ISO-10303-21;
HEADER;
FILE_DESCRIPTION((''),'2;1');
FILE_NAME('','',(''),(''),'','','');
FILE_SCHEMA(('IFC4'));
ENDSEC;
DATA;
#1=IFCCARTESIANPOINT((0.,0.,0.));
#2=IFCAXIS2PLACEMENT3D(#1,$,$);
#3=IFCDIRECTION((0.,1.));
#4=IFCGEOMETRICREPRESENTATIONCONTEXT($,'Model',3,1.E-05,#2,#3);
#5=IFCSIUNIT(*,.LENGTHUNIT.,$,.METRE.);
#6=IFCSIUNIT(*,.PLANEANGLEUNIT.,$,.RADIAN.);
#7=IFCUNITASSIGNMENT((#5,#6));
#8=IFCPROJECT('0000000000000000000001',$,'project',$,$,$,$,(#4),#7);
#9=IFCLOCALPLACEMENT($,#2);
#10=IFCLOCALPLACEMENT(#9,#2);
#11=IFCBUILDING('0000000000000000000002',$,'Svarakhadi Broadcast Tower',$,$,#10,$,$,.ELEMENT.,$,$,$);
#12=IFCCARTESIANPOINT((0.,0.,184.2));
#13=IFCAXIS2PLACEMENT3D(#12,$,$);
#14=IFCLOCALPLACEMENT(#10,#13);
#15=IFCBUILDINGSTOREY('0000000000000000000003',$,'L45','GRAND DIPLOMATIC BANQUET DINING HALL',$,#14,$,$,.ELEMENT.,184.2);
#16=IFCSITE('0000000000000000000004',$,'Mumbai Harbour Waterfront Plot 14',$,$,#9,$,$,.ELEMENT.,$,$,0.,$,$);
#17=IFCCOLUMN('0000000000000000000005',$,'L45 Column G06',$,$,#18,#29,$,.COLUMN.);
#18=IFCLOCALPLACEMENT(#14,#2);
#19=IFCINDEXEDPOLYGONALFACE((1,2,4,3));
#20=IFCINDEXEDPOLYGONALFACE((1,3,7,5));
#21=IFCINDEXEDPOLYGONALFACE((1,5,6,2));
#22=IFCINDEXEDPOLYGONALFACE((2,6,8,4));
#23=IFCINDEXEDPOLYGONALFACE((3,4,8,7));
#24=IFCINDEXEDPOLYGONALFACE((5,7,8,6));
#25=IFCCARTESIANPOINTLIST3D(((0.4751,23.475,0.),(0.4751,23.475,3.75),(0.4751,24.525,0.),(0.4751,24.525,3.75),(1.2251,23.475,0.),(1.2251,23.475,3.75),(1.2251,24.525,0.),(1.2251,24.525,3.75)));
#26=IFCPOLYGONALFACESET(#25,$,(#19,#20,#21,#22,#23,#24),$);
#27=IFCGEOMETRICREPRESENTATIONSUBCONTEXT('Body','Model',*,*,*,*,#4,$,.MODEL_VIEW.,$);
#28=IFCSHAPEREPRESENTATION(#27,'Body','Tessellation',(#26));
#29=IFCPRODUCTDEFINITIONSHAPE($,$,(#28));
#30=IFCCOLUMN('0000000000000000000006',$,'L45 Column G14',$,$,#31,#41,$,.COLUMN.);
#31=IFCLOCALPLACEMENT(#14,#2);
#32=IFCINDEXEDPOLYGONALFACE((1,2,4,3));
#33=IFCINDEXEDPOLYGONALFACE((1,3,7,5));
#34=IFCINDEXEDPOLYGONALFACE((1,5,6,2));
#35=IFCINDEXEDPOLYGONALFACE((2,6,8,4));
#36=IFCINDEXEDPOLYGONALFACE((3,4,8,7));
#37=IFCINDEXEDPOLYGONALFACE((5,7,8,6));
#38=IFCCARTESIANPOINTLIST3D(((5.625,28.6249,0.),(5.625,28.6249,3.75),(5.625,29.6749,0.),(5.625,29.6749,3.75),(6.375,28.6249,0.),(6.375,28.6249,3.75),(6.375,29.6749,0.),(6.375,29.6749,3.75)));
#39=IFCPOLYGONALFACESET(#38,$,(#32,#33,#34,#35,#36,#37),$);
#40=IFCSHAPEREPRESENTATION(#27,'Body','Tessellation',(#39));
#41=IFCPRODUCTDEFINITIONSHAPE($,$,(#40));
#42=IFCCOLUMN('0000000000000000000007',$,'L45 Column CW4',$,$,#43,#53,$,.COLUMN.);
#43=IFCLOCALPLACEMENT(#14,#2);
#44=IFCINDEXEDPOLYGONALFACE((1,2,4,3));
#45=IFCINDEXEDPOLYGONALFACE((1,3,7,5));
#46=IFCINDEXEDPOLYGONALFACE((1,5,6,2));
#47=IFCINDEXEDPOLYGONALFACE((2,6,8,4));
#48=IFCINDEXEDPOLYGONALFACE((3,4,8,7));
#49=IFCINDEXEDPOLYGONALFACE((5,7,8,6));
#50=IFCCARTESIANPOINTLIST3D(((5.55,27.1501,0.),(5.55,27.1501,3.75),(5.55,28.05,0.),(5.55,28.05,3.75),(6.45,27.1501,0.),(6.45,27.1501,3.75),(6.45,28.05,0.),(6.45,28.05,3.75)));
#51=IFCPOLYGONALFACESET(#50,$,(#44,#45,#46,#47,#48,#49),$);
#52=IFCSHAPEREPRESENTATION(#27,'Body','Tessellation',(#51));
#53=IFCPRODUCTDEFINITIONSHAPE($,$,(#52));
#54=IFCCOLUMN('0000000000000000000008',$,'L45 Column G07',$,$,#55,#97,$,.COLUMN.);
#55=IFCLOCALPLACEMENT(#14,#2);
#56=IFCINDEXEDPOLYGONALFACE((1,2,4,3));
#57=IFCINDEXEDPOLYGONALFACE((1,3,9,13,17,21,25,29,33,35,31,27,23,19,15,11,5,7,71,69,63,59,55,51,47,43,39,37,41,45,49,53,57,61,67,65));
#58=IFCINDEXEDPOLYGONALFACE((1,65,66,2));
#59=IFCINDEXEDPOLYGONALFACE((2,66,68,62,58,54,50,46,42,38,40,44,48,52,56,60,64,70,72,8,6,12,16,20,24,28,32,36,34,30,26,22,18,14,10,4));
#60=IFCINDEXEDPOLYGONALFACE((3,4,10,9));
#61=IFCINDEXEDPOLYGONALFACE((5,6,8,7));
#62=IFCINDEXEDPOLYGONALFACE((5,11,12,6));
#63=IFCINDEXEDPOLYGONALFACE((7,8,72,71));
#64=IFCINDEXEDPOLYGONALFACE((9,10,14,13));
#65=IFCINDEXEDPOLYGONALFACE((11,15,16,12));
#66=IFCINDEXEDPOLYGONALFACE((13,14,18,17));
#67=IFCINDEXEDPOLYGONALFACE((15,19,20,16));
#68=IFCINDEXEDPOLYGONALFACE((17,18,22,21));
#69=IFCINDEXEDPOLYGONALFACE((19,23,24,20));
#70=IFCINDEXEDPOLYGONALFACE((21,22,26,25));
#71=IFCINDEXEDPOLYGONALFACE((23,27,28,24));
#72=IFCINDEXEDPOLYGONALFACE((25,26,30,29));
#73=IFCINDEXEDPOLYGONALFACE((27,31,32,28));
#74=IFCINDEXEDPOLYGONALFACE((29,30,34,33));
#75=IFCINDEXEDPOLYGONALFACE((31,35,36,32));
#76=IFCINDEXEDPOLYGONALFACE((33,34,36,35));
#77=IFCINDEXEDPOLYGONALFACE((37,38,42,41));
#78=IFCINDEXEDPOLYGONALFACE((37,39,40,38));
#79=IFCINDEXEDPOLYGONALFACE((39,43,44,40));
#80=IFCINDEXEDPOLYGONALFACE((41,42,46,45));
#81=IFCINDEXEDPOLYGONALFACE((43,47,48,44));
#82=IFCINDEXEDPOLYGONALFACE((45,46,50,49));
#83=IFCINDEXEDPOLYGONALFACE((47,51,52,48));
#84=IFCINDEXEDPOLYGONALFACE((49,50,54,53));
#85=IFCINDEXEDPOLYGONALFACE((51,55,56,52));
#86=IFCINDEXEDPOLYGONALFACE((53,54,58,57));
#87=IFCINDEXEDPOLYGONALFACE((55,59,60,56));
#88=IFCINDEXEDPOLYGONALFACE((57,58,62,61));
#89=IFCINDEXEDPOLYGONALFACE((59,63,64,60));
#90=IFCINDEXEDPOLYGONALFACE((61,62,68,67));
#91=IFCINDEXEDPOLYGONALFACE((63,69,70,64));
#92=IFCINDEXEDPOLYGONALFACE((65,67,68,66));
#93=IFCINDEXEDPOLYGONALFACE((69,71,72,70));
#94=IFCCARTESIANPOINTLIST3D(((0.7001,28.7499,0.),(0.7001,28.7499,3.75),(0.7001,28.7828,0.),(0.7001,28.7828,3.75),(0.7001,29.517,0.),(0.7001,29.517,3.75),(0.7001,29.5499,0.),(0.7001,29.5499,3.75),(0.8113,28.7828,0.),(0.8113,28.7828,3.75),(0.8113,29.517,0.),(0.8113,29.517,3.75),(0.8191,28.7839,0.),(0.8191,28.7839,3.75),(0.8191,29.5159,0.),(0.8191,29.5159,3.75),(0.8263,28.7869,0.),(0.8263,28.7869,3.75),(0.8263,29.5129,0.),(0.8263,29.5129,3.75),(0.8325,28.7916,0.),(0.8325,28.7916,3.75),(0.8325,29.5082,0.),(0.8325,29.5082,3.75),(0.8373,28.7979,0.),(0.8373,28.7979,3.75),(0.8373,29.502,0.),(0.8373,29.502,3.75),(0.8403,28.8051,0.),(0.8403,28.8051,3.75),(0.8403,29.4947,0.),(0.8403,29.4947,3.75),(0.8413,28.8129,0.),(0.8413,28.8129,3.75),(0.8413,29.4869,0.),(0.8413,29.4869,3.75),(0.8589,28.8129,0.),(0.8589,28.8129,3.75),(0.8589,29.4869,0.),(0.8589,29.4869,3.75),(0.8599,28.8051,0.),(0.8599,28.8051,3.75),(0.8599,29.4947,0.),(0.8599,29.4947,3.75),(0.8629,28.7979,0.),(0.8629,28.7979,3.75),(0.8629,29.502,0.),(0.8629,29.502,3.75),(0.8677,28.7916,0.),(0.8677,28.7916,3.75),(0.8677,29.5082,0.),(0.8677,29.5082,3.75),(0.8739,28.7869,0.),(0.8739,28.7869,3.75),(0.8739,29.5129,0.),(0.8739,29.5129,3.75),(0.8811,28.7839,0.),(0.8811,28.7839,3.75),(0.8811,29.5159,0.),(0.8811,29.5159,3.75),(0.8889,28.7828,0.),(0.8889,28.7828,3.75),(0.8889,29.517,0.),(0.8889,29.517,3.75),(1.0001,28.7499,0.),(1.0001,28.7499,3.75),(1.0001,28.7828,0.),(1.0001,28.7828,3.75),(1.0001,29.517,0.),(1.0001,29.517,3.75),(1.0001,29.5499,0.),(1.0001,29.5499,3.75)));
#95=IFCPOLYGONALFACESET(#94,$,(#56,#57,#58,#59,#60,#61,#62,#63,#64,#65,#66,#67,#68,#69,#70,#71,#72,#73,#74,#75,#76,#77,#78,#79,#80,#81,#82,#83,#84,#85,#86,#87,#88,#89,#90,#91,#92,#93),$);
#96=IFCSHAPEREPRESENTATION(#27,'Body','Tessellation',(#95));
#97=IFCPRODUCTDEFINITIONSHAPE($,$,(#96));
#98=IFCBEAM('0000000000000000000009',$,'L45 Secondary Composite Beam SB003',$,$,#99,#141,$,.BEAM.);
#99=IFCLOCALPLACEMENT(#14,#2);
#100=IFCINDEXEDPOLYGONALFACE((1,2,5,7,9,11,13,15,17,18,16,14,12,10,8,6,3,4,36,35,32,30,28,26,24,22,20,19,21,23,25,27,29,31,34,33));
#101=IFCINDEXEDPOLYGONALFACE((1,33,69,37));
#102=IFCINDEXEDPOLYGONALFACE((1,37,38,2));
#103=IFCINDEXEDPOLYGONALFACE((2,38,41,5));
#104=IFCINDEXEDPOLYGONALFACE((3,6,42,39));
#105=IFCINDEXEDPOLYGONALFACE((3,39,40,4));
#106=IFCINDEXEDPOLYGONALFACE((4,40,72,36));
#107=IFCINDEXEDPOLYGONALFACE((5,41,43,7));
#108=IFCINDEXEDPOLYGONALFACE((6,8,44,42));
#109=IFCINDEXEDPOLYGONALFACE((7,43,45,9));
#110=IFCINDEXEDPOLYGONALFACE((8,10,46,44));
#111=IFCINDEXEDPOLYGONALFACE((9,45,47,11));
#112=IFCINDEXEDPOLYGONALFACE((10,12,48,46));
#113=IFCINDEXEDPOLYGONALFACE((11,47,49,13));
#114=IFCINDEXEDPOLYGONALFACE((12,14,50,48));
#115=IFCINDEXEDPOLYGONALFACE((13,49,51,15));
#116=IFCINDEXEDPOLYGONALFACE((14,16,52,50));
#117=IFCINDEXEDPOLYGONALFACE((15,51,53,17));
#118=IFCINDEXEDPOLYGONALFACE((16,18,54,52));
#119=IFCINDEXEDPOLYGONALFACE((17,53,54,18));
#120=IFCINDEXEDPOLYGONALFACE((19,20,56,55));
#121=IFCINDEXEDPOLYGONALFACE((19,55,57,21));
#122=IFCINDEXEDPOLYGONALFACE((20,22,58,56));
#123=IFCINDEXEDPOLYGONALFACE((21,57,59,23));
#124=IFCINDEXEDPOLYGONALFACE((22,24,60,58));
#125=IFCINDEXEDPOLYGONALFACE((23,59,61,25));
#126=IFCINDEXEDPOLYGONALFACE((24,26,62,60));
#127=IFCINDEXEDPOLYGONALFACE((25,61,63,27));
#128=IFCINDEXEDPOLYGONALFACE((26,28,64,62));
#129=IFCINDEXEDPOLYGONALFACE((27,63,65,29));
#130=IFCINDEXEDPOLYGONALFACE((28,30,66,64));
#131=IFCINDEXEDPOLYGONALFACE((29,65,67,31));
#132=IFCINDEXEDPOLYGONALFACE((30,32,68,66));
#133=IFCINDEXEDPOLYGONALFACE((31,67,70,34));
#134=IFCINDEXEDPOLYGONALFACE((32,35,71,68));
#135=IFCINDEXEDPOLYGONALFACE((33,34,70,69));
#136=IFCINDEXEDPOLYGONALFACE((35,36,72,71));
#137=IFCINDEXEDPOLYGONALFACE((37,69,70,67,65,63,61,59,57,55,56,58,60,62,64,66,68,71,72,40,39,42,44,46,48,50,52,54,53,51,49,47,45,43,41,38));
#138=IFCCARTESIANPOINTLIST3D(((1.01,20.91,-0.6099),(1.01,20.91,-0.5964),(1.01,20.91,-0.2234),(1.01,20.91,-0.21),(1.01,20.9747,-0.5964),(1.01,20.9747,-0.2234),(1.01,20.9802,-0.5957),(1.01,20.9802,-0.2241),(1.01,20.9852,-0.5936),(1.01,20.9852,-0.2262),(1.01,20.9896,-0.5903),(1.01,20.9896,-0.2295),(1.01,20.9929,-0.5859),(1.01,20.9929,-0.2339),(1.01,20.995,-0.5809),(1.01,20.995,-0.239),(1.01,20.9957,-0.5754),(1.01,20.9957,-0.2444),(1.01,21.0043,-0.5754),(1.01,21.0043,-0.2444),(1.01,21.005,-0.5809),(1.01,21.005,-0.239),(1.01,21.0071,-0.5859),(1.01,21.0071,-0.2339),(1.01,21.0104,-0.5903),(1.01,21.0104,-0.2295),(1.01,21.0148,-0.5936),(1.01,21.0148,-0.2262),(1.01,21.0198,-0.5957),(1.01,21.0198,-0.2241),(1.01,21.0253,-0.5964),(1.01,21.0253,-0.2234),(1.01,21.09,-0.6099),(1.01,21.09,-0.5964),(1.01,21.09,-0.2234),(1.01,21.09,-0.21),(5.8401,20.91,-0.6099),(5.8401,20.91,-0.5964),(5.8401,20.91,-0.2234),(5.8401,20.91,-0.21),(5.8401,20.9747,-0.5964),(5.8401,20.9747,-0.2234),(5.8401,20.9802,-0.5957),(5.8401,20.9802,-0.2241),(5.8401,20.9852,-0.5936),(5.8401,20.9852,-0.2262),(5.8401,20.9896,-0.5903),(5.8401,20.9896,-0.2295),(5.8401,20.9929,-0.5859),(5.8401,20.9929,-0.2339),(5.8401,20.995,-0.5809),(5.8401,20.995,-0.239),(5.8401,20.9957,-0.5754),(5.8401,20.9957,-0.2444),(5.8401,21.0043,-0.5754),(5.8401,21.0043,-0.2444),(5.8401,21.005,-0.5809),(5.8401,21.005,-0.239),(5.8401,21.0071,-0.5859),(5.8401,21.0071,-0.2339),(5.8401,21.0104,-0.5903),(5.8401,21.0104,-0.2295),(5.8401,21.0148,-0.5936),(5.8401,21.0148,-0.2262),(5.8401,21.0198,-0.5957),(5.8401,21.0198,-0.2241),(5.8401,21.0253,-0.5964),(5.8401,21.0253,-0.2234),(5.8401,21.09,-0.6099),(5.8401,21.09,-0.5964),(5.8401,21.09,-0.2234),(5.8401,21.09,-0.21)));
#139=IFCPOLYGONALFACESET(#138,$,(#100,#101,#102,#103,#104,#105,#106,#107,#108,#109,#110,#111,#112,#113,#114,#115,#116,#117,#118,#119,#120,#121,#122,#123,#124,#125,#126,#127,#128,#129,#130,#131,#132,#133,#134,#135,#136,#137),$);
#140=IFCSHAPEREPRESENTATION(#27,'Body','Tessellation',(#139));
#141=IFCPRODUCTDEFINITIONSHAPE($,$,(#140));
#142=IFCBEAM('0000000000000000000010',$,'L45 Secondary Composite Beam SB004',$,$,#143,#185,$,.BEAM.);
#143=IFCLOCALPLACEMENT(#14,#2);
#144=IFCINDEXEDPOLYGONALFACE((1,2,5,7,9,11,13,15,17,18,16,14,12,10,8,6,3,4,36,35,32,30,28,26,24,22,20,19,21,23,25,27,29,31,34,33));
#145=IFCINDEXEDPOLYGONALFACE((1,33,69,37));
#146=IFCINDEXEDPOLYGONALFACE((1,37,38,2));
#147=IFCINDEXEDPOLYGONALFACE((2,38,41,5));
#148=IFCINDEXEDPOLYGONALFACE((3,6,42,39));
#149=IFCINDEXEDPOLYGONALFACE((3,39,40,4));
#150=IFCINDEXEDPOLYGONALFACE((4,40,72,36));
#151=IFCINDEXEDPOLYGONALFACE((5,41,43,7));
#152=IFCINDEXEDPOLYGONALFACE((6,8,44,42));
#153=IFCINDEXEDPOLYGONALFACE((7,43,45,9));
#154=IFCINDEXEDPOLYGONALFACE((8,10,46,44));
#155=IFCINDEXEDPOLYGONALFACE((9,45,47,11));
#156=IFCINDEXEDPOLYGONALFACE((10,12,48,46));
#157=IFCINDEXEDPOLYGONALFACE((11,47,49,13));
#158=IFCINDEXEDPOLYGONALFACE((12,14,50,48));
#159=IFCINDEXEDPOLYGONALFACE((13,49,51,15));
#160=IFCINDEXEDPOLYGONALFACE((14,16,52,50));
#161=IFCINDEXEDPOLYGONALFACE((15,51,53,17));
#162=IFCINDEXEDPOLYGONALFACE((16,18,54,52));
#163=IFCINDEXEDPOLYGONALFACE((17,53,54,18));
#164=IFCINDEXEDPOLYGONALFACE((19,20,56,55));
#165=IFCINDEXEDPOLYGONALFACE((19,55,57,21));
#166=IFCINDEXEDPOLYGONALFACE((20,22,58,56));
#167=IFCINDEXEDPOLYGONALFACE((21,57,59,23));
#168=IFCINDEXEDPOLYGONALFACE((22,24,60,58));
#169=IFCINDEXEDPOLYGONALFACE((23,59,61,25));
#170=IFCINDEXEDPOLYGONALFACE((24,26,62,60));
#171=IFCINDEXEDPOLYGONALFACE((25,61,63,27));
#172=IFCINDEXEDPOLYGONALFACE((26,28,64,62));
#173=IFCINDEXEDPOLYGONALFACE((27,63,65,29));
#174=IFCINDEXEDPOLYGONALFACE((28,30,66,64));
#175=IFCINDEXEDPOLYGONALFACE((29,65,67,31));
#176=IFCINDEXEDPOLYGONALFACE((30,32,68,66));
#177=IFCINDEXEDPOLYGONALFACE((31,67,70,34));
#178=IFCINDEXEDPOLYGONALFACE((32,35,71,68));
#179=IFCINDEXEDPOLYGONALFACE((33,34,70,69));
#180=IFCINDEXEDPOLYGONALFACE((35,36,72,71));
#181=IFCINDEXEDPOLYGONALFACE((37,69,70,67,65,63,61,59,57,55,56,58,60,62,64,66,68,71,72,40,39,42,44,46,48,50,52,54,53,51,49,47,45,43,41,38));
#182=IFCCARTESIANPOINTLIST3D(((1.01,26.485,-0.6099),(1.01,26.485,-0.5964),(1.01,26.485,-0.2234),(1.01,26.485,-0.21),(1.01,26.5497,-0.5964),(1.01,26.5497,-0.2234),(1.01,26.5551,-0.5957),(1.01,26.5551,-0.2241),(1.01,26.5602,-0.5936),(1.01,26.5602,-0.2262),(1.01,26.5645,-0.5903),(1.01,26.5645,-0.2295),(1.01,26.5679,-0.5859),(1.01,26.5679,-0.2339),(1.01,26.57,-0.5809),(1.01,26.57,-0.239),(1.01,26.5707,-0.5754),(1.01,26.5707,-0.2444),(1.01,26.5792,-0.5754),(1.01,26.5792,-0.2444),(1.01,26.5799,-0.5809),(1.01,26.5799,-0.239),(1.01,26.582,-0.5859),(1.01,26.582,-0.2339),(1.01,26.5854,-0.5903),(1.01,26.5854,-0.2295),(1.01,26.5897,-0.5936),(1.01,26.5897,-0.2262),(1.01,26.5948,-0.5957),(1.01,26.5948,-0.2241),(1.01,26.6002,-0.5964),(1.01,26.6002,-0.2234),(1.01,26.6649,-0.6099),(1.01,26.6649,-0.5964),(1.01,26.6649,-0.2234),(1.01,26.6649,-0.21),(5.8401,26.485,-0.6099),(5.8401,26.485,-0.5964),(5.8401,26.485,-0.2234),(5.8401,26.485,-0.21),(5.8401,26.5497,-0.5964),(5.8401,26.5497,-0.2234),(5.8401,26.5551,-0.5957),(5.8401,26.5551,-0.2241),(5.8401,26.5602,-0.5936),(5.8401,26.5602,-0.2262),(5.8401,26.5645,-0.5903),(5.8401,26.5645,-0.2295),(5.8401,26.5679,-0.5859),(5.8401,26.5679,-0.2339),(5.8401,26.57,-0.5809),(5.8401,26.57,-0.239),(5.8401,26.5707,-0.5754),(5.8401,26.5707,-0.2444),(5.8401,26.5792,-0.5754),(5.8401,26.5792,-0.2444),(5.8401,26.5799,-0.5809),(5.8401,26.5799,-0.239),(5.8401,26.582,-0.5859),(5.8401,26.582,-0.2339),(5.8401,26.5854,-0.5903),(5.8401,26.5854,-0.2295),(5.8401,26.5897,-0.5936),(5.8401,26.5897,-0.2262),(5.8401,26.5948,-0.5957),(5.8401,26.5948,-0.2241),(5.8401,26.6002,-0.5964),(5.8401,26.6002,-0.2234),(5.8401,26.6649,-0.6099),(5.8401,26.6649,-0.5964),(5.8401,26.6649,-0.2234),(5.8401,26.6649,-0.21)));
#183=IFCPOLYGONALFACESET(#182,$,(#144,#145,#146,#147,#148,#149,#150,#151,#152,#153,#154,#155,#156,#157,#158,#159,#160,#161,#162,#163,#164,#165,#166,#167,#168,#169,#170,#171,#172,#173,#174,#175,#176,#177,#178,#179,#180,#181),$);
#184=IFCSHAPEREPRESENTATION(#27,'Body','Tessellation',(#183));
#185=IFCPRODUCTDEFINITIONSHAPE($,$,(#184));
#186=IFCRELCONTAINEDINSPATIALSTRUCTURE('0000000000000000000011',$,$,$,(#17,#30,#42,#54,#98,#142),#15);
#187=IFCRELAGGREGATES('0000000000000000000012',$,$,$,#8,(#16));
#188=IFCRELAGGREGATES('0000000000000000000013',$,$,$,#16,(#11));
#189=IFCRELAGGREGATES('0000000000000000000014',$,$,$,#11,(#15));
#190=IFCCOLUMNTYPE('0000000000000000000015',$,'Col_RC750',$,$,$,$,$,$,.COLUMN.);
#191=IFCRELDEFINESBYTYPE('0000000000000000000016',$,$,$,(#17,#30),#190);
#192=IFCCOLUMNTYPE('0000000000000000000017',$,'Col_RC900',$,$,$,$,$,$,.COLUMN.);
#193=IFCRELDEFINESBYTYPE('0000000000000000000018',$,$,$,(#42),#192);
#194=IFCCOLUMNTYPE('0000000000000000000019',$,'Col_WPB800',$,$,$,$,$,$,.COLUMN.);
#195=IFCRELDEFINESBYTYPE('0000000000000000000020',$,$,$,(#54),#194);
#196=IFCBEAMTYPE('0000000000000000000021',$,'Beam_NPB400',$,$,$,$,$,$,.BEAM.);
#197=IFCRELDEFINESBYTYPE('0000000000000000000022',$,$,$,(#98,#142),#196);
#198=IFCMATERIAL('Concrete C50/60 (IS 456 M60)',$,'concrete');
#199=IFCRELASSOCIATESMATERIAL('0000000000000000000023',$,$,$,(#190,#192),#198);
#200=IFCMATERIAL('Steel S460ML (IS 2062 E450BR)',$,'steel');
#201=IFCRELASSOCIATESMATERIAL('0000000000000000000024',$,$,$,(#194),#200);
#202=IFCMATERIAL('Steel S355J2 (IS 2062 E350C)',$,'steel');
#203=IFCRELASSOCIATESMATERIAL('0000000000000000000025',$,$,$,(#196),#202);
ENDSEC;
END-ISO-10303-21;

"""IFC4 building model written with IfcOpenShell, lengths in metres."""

from ifc_helpers import new_model, si_unit, direction, frame, origin, origin_2d, place, context, subcontext, project, spatial, rectangle, i_section, extrude, material, material_profile, profile_set, type_object, element, save


model = new_model("IFC4")

# Units and contexts
model_context = context("Model", 3, precision=1e-05, world=origin(), true_north=direction((0.0, 1.0)))
body_context = subcontext(model_context, "Body", "Model", "MODEL_VIEW")
ifc_project = project(units=[si_unit("LENGTHUNIT", "METRE"), si_unit("PLANEANGLEUNIT", "RADIAN")], contexts=[model_context])

# Site, building, storey
site_placement = place(None, origin())
site = spatial("IfcSite", under=ifc_project, at=site_placement, Name="Mumbai Harbour Waterfront Plot 14", CompositionType="ELEMENT", RefElevation=0.0)
building_placement = place(site_placement, origin())
building = spatial("IfcBuilding", under=site, at=building_placement, Name="Svarakhadi Broadcast Tower", CompositionType="ELEMENT")
storey_placement = place(building_placement, frame((0.0, 0.0, 184.2)))
storey = spatial("IfcBuildingStorey", under=building, at=storey_placement, Name="L45", Description="GRAND DIPLOMATIC BANQUET DINING HALL", CompositionType="ELEMENT", Elevation=184.2)

# Columns
ifc_material_1 = material(Name="Concrete C50/60 (IS 456 M60)", Category="concrete")
ifc_material_profile_1 = material_profile(ifc_material_1, rectangle(XDim=0.75, YDim=1.05, at=origin_2d()), Name="RC 750x1050")
ifc_profile_set_1 = profile_set([ifc_material_profile_1], Name="Concrete C50/60 (IS 456 M60)")
column_type_1 = type_object("IfcColumnType", Name="Col_RC750", PredefinedType="COLUMN", material=ifc_profile_set_1)
for number, where, z_axis, x_axis, name in (
    (1, (0.8501, 24.0, 0.0), (0.0, 0.0, 1.0), (1.0, 0.0, 0.0), "L45 Column G06"),
    (2, (6.0, 29.1499, 0.0), (0.0, 0.0, 1.0), (1.0, 0.0, 0.0), "L45 Column G14"),
):
    element("IfcColumn", number, at=place(storey_placement, frame(where, z_axis=z_axis, x_axis=x_axis)), inside=storey, type_object=column_type_1, Name=name, PredefinedType="COLUMN", context=body_context, shape_type="SweptSolid", body=[
        extrude(rectangle(XDim=0.75, YDim=1.05, at=origin_2d()), origin(), (0.0, 0.0, 1.0), 3.75),
    ])
ifc_material_profile_2 = material_profile(ifc_material_1, rectangle(XDim=0.8999, YDim=0.8999, at=origin_2d()), Name="RC 900x900")
ifc_profile_set_2 = profile_set([ifc_material_profile_2], Name="Concrete C50/60 (IS 456 M60)")
column_type_2 = type_object("IfcColumnType", Name="Col_RC900", PredefinedType="COLUMN", material=ifc_profile_set_2)
column_1_placement = place(storey_placement, frame((6.0, 27.6001, 0.0), z_axis=(0.0, 0.0, 1.0), x_axis=(1.0, 0.0, 0.0)))
element("IfcColumn", 3, at=column_1_placement, inside=storey, type_object=column_type_2, Name="L45 Column CW4", PredefinedType="COLUMN", context=body_context, shape_type="SweptSolid", body=[
    extrude(rectangle(XDim=0.8999, YDim=0.8999, at=origin_2d()), origin(), (0.0, 0.0, 1.0), 3.75),
])
ifc_material_2 = material(Name="Steel S460ML (IS 2062 E450BR)", Category="steel")
ifc_material_profile_3 = material_profile(ifc_material_2, i_section(OverallWidth=0.3, OverallDepth=0.8, WebThickness=0.0176, FlangeThickness=0.033, FilletRadius=0.03, at=origin_2d()), Name="WPB 800x300x262")
ifc_profile_set_3 = profile_set([ifc_material_profile_3], Name="Steel S460ML (IS 2062 E450BR)")
column_type_3 = type_object("IfcColumnType", Name="Col_WPB800", PredefinedType="COLUMN", material=ifc_profile_set_3)
column_2_placement = place(storey_placement, frame((0.8501, 29.1499, 0.0), z_axis=(0.0, 0.0, 1.0), x_axis=(1.0, 0.0, 0.0)))
element("IfcColumn", 4, at=column_2_placement, inside=storey, type_object=column_type_3, Name="L45 Column G07", PredefinedType="COLUMN", context=body_context, shape_type="SweptSolid", body=[
    extrude(i_section(OverallWidth=0.3, OverallDepth=0.8, WebThickness=0.0176, FlangeThickness=0.033, FilletRadius=0.03, at=origin_2d()), origin(), (0.0, 0.0, 1.0), 3.75),
])

# Beams
ifc_material_3 = material(Name="Steel S355J2 (IS 2062 E350C)", Category="steel")
ifc_material_profile_4 = material_profile(ifc_material_3, i_section(OverallWidth=0.1799, OverallDepth=0.3999, WebThickness=0.0085, FlangeThickness=0.0134, FilletRadius=0.021, at=origin_2d()), Name="NPB 400x180x66")
ifc_profile_set_4 = profile_set([ifc_material_profile_4], Name="Steel S355J2 (IS 2062 E350C)")
beam_type_1 = type_object("IfcBeamType", Name="Beam_NPB400", PredefinedType="BEAM", material=ifc_profile_set_4)
for number, where, z_axis, x_axis, name in (
    (5, (1.01, 21.0, -0.4099), (1.0, 0.0, 0.0), (0.0, 1.0, 0.0), "L45 Secondary Composite Beam SB003"),
    (6, (1.01, 26.575, -0.4099), (1.0, 0.0, 0.0), (0.0, 1.0, 0.0), "L45 Secondary Composite Beam SB004"),
):
    element("IfcBeam", number, at=place(storey_placement, frame(where, z_axis=z_axis, x_axis=x_axis)), inside=storey, type_object=beam_type_1, Name=name, PredefinedType="BEAM", context=body_context, shape_type="SweptSolid", body=[
        extrude(i_section(OverallWidth=0.1799, OverallDepth=0.3999, WebThickness=0.0085, FlangeThickness=0.0134, FilletRadius=0.021, at=origin_2d()), origin(), (0.0, 0.0, 1.0), 4.8301),
    ])

save(model, "model.ifc")
